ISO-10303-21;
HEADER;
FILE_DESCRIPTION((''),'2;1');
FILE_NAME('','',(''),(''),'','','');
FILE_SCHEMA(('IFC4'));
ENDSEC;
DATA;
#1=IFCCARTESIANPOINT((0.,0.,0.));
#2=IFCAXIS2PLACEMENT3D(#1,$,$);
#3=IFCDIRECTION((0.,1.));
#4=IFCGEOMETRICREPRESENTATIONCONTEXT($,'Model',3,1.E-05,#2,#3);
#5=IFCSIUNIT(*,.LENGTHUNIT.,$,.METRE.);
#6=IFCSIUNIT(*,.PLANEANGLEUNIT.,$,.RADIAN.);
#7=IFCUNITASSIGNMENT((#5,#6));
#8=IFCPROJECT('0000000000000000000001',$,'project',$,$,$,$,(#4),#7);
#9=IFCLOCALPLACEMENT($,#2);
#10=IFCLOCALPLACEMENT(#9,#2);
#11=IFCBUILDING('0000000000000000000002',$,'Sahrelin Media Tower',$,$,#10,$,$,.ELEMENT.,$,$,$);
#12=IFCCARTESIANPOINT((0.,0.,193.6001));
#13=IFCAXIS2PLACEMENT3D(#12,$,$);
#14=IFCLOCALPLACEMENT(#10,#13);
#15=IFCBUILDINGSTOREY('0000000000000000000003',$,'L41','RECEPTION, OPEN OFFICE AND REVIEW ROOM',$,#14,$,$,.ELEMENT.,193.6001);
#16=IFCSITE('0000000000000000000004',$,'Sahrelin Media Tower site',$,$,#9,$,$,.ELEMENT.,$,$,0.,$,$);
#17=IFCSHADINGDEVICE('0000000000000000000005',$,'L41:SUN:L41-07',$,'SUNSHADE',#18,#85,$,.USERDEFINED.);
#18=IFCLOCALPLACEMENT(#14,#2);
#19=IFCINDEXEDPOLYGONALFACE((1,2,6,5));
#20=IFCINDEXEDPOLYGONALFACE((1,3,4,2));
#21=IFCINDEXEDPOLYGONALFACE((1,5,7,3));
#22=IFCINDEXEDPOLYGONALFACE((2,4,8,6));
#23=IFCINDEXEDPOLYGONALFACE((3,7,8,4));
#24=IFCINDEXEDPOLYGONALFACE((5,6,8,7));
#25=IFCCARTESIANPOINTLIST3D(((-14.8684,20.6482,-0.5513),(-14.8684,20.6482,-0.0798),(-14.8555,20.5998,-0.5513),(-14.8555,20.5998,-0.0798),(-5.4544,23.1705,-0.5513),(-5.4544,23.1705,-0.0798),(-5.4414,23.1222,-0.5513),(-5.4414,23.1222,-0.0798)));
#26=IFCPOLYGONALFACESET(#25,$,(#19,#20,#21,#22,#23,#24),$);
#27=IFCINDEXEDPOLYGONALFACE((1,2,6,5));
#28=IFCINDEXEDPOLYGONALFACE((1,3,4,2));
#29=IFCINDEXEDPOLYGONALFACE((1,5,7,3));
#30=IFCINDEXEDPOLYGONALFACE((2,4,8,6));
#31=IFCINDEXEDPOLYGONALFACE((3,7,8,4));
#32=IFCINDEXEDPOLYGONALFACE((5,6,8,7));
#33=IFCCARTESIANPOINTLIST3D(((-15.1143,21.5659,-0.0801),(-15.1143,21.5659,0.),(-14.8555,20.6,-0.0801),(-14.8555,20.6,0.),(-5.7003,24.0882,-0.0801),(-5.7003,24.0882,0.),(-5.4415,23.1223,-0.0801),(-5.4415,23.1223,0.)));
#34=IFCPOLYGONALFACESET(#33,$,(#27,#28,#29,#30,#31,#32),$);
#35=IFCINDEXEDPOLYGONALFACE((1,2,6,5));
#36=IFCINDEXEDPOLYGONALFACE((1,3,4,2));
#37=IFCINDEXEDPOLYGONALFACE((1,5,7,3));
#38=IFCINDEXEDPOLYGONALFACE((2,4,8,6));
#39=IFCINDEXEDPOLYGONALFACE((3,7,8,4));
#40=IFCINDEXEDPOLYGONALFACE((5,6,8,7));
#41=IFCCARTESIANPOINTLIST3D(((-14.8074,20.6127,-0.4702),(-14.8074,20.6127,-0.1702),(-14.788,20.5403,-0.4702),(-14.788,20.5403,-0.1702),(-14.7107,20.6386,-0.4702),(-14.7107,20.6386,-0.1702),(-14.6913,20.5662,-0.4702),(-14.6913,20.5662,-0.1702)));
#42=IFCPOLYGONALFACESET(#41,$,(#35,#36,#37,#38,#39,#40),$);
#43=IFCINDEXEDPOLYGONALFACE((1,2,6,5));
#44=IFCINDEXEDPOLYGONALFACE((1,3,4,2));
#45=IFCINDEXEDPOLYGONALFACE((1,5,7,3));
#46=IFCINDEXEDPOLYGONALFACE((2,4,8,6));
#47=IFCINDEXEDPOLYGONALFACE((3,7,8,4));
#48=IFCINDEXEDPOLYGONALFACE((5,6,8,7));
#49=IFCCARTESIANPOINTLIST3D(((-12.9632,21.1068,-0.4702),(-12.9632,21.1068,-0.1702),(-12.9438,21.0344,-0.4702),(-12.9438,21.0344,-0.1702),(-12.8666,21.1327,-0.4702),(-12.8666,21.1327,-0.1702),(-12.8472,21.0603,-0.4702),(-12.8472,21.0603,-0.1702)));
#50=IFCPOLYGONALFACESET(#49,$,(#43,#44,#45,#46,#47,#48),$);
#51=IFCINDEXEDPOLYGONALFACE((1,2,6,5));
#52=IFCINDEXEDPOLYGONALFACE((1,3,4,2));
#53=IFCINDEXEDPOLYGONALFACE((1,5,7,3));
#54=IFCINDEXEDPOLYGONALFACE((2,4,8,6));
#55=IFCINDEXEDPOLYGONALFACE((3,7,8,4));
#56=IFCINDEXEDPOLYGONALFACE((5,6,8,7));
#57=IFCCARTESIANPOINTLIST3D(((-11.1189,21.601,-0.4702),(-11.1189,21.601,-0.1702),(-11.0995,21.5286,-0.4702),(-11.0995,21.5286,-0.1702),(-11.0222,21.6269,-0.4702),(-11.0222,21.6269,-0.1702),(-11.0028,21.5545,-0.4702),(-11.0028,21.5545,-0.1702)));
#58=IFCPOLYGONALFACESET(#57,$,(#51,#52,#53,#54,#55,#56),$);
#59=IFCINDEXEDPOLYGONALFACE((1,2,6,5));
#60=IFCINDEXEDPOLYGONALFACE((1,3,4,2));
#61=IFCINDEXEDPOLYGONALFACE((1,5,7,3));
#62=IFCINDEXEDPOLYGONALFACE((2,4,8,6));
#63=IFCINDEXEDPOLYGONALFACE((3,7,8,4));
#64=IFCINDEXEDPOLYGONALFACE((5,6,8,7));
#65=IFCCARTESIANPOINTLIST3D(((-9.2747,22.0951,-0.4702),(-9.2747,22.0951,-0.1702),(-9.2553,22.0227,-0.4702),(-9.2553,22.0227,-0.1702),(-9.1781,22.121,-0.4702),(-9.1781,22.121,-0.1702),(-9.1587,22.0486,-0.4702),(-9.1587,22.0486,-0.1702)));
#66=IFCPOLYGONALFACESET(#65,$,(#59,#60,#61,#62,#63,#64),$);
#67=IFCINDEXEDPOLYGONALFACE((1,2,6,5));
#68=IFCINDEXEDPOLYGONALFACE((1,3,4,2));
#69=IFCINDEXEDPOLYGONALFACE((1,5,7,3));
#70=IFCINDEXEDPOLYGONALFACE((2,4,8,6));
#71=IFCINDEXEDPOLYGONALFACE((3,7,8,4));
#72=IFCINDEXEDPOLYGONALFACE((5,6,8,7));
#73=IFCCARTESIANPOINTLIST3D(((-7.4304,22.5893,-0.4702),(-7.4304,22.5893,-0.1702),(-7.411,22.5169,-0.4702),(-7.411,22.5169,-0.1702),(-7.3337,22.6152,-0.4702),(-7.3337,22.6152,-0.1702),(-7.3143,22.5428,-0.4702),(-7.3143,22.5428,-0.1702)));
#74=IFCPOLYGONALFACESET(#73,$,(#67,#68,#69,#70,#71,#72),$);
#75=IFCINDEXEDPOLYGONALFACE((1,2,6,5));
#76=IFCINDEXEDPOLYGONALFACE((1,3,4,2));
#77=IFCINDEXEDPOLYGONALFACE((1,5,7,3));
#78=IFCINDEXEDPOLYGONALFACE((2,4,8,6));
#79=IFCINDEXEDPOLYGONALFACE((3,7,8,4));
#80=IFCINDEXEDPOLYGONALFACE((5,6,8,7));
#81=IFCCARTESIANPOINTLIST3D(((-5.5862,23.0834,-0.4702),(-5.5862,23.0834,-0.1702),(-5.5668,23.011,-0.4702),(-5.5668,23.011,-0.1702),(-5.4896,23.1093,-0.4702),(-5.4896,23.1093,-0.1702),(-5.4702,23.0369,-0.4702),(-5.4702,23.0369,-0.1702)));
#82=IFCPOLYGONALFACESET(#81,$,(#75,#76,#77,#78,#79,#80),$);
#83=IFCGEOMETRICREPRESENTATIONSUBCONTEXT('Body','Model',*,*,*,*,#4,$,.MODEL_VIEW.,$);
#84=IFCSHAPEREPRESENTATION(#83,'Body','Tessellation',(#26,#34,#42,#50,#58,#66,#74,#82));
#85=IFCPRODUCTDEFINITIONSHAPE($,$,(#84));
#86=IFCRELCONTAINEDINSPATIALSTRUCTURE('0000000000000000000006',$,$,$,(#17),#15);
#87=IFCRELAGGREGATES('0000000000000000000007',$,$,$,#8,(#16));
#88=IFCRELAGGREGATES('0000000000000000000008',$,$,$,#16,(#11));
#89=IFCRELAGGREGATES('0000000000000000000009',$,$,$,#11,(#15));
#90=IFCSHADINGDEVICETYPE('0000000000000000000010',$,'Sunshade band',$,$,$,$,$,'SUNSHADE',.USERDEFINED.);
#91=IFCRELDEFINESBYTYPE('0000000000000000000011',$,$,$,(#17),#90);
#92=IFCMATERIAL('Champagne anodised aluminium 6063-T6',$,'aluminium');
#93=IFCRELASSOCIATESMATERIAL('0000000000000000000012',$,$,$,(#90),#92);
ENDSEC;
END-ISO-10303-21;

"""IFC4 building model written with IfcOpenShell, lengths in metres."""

from ifc_helpers import new_model, si_unit, direction, frame, origin, origin_2d, place, context, subcontext, project, spatial, rectangle, extrude, material, type_object, element, save


model = new_model("IFC4")

# Units and contexts
model_context = context("Model", 3, precision=1e-05, world=origin(), true_north=direction((0.0, 1.0)))
body_context = subcontext(model_context, "Body", "Model", "MODEL_VIEW")
ifc_project = project(units=[si_unit("LENGTHUNIT", "METRE"), si_unit("PLANEANGLEUNIT", "RADIAN")], contexts=[model_context])

# Site, building, storey
site_placement = place(None, origin())
site = spatial("IfcSite", under=ifc_project, at=site_placement, Name="Sahrelin Media Tower site", CompositionType="ELEMENT", RefElevation=0.0)
building_placement = place(site_placement, origin())
building = spatial("IfcBuilding", under=site, at=building_placement, Name="Sahrelin Media Tower", CompositionType="ELEMENT")
storey_placement = place(building_placement, frame((0.0, 0.0, 193.6001)))
storey = spatial("IfcBuildingStorey", under=building, at=storey_placement, Name="L41", Description="RECEPTION, OPEN OFFICE AND REVIEW ROOM", CompositionType="ELEMENT", Elevation=193.6001)

# Shared definitions
ifc_material_1 = material(Name="Champagne anodised aluminium 6063-T6", Category="aluminium")

# Shading device
placement = place(storey_placement, frame((-10.1433, 21.8418, 0.0), z_axis=(0.0, 0.0, 1.0), x_axis=(0.965929, 0.258808, 0.0)))
shading_device_type_1 = type_object("IfcShadingDeviceType", Name="Sunshade band", ElementType="SUNSHADE", PredefinedType="USERDEFINED", material=ifc_material_1)
element("IfcShadingDevice", 1, at=placement, inside=storey, type_object=shading_device_type_1, Name="L41:SUN:L41-07", ObjectType="SUNSHADE", PredefinedType="USERDEFINED", context=body_context, shape_type="SweptSolid", body=[
    extrude(rectangle(XDim=9.7461, YDim=0.05, at=origin_2d()), frame((0.0, 0.0449, -0.5513)), (0.0, 0.0, 1.0), 0.4714),
    extrude(rectangle(XDim=9.7461, YDim=1.0, at=origin_2d()), frame((0.0, 0.52, -0.0801)), (0.0, 0.0, 1.0), 0.0801),
    extrude(rectangle(XDim=0.1001, YDim=0.075, at=origin_2d()), frame((-4.7732, -0.0176, -0.4702)), (0.0, 0.0, 1.0), 0.3),
    extrude(rectangle(XDim=0.1001, YDim=0.075, at=origin_2d()), frame((-2.864, -0.0176, -0.4702)), (0.0, 0.0, 1.0), 0.3),
    extrude(rectangle(XDim=0.1001, YDim=0.075, at=origin_2d()), frame((-0.9546, -0.0176, -0.4702)), (0.0, 0.0, 1.0), 0.3),
    extrude(rectangle(XDim=0.1001, YDim=0.075, at=origin_2d()), frame((0.9546, -0.0176, -0.4702)), (0.0, 0.0, 1.0), 0.3),
    extrude(rectangle(XDim=0.1001, YDim=0.075, at=origin_2d()), frame((2.864, -0.0176, -0.4702)), (0.0, 0.0, 1.0), 0.3),
    extrude(rectangle(XDim=0.1001, YDim=0.075, at=origin_2d()), frame((4.7732, -0.0176, -0.4702)), (0.0, 0.0, 1.0), 0.3),
])

save(model, "model.ifc")
